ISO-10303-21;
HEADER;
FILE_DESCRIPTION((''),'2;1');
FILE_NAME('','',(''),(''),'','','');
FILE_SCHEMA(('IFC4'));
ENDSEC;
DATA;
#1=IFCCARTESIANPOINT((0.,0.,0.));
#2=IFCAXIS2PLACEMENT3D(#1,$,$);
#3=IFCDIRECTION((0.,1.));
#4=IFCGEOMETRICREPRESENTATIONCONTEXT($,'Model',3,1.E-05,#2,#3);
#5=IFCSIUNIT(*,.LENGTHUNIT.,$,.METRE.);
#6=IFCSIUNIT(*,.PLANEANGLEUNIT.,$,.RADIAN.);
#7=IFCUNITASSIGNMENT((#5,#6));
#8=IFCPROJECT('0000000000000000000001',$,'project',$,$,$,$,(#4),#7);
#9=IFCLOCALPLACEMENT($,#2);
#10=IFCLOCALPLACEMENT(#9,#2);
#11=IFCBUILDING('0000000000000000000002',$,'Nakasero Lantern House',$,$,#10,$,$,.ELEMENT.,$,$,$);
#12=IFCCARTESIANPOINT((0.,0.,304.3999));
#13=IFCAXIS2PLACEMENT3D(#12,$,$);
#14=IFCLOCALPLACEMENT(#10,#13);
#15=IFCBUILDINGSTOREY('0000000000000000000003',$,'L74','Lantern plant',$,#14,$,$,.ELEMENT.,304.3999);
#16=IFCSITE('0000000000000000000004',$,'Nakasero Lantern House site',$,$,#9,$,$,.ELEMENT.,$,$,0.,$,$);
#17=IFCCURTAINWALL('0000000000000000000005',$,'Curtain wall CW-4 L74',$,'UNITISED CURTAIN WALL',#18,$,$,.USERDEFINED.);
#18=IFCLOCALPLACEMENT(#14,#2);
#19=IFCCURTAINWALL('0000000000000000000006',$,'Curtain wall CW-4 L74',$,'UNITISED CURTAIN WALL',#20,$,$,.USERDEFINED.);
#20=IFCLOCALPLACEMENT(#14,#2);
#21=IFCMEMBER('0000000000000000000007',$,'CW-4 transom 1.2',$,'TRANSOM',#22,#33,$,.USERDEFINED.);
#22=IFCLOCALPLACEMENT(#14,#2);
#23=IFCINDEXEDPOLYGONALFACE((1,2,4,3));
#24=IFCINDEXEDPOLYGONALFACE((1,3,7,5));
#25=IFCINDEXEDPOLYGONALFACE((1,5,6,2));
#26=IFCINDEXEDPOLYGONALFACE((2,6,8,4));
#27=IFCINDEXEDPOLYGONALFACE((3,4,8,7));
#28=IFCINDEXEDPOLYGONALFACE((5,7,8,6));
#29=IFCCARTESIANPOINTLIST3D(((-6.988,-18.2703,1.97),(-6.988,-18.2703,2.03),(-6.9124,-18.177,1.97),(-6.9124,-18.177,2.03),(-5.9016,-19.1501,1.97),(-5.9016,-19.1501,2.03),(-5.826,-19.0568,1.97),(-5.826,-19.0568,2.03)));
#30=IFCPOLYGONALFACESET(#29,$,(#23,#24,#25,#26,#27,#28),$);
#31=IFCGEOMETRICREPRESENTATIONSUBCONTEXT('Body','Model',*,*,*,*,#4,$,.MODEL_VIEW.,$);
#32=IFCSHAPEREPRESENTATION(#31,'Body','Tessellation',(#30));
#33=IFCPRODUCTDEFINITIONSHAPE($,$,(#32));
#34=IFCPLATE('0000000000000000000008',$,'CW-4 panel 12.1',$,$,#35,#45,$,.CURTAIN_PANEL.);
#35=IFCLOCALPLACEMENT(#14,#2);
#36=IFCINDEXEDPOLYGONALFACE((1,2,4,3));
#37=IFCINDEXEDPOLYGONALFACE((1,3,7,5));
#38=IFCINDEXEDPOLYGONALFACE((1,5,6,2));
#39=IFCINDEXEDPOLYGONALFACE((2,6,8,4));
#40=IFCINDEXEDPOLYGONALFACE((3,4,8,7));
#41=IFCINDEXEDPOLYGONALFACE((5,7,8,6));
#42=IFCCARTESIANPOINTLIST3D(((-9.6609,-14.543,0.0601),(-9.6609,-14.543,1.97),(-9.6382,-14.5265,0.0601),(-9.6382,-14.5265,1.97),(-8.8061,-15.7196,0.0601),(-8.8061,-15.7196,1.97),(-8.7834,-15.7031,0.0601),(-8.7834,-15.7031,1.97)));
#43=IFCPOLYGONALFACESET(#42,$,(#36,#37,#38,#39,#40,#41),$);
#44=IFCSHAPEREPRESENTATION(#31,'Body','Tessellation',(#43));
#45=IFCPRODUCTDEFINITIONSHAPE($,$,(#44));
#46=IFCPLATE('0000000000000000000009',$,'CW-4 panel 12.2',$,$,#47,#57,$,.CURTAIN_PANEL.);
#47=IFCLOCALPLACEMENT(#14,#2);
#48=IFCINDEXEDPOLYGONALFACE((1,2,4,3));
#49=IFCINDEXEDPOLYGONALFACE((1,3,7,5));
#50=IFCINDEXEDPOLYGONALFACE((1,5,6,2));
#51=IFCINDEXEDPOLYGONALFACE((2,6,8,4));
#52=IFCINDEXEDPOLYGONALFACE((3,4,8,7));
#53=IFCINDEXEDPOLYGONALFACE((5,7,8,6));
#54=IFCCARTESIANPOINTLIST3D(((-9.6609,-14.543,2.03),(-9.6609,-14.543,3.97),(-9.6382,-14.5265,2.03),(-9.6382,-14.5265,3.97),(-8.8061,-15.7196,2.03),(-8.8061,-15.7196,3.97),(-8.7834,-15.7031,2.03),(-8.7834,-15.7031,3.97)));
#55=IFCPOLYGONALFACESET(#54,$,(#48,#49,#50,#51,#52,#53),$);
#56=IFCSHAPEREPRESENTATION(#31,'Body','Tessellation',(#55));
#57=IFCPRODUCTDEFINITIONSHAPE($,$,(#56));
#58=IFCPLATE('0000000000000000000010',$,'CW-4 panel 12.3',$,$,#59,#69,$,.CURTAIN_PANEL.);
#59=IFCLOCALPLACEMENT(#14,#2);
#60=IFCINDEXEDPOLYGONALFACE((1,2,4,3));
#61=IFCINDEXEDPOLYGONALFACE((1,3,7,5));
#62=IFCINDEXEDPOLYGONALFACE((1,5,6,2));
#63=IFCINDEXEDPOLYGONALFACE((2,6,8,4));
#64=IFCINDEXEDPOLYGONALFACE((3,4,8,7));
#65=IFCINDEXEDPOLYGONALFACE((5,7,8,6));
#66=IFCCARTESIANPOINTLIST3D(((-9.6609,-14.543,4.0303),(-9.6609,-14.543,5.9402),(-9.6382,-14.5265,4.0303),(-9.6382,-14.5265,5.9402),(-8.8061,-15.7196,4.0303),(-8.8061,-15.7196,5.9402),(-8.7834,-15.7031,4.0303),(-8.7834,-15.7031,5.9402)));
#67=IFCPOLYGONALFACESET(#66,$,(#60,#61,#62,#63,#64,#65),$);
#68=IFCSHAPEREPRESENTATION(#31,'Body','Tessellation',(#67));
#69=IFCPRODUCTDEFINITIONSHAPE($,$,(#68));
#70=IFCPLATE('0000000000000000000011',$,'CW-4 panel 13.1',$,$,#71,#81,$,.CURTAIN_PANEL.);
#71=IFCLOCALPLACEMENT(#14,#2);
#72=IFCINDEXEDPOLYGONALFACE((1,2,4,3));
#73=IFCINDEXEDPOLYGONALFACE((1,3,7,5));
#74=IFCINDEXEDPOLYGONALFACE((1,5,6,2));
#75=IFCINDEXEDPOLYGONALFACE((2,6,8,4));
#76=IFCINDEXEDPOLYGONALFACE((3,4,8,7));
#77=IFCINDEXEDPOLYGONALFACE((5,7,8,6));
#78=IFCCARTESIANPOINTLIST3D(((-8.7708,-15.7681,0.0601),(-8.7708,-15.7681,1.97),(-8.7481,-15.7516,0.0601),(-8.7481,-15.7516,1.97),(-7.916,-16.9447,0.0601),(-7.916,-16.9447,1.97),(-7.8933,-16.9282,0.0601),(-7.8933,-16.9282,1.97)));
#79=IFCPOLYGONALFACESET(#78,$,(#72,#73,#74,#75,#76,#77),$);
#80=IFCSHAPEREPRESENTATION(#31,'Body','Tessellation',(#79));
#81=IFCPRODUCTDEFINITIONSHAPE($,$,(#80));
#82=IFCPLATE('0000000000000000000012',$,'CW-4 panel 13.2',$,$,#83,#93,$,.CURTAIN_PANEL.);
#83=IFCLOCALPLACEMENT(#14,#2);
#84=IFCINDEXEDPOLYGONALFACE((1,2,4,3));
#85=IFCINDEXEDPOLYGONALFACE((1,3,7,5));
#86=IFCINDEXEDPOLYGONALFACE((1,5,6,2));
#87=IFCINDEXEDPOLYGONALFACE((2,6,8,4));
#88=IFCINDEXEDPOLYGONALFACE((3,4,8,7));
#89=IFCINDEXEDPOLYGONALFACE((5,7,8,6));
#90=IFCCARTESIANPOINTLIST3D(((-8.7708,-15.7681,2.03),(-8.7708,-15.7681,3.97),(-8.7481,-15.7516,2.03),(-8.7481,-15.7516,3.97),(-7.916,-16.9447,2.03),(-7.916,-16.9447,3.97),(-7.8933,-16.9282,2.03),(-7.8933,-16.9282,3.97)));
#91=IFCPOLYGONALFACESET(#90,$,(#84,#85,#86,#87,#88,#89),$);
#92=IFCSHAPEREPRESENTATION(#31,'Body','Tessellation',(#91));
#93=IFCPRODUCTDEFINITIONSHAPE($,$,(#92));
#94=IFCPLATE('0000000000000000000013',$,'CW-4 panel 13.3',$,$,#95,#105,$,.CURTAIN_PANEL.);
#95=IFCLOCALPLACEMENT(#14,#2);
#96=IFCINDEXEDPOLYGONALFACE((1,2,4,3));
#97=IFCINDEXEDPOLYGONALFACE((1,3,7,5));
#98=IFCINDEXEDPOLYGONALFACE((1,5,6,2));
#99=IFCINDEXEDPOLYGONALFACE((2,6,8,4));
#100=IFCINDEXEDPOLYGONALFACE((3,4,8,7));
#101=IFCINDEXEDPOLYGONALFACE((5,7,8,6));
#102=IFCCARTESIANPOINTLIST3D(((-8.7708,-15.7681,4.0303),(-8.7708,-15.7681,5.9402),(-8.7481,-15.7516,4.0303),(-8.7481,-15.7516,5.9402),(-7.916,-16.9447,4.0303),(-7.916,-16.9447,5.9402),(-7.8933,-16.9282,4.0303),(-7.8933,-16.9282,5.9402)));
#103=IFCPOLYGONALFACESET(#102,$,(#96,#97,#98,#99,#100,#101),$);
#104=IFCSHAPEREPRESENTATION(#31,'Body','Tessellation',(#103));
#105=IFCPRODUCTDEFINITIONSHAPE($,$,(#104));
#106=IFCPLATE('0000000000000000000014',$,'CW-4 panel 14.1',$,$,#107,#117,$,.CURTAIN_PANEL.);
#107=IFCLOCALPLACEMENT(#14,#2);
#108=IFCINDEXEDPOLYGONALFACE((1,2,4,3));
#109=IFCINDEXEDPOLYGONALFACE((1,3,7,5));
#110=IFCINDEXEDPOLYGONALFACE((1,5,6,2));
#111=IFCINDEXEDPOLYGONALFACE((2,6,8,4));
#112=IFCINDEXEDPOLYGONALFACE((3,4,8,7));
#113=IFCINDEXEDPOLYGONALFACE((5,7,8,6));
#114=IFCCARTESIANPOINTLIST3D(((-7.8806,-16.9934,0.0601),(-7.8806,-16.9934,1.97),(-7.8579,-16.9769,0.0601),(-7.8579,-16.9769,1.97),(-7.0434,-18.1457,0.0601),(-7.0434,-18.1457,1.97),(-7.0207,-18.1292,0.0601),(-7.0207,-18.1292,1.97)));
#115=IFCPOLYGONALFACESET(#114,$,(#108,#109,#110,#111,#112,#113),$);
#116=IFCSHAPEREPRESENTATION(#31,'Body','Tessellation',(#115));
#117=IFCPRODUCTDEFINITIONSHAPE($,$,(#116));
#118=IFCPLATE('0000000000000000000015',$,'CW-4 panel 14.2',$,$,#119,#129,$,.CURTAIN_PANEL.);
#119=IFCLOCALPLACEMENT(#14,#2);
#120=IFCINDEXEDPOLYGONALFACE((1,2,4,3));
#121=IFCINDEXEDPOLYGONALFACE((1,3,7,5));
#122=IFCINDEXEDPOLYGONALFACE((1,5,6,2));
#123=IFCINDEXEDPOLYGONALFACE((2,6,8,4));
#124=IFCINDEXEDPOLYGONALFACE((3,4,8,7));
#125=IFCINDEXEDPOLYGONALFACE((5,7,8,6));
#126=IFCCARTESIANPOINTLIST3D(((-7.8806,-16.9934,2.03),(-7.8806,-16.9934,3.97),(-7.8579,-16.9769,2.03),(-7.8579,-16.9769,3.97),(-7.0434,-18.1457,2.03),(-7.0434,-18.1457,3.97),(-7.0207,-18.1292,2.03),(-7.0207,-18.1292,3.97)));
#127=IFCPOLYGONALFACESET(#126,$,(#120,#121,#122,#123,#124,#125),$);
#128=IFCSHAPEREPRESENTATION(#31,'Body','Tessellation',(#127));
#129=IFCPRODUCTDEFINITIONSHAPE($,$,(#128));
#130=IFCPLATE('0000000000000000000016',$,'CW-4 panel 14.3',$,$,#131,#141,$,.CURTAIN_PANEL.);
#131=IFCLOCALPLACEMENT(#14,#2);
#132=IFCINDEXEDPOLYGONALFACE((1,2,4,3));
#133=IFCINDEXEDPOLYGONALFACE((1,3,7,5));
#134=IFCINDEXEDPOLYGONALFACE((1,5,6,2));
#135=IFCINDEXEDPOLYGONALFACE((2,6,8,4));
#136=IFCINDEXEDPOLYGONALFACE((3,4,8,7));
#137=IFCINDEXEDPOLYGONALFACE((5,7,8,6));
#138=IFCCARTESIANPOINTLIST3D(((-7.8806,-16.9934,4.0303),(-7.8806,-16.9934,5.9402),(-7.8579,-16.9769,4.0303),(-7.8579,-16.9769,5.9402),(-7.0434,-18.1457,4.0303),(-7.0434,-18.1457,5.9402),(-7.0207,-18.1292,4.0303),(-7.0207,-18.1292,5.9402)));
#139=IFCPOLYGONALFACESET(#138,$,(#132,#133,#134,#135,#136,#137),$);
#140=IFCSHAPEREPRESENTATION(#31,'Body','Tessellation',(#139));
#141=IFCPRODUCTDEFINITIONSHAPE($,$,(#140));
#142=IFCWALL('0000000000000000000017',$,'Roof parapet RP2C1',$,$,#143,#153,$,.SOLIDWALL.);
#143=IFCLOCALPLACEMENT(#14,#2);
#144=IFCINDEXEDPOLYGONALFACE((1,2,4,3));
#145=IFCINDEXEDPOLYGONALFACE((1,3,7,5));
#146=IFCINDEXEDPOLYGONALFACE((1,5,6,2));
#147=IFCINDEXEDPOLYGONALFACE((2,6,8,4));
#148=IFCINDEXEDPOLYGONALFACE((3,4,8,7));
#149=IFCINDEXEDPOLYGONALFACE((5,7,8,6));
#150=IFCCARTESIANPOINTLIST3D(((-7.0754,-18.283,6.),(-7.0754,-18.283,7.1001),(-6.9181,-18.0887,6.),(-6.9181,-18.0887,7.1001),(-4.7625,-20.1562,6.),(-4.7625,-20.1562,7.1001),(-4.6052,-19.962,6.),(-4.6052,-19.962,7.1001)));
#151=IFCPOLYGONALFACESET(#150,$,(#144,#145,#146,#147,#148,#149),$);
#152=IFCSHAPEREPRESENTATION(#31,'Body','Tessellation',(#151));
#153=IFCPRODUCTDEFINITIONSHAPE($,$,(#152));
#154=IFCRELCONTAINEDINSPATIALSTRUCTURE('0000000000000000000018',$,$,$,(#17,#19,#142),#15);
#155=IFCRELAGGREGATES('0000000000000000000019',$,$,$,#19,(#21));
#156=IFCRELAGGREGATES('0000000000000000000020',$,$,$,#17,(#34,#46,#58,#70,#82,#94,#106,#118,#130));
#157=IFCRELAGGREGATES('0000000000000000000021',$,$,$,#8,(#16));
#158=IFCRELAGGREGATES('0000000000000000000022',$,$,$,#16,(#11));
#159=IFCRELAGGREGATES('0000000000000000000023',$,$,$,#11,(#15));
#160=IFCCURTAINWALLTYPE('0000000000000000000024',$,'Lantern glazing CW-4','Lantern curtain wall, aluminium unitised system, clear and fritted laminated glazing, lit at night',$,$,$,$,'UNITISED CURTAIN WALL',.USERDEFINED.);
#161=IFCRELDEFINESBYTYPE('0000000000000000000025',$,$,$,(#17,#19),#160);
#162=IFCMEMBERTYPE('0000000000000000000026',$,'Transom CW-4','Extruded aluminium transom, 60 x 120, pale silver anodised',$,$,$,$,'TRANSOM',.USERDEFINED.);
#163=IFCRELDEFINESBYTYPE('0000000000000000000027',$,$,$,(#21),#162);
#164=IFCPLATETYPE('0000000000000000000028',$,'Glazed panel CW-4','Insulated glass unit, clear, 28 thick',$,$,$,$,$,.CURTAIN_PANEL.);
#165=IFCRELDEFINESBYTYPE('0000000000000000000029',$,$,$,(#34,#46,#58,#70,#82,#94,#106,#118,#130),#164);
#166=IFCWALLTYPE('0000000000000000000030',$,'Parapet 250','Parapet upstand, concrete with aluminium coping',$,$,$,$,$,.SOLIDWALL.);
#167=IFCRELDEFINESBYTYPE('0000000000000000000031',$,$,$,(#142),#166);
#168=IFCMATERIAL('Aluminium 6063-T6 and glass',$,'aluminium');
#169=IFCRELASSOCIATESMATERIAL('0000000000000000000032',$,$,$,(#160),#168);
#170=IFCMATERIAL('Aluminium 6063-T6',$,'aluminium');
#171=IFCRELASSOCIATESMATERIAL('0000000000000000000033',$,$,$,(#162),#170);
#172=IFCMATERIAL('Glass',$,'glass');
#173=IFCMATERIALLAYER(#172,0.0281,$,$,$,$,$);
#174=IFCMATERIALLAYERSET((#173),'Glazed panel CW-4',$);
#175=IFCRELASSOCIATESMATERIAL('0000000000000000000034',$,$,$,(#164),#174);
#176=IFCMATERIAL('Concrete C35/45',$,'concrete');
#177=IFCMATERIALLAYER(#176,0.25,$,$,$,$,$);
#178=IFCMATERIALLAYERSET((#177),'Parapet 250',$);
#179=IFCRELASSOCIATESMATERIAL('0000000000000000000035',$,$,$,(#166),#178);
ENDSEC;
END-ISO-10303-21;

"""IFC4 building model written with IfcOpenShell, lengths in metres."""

from ifc_helpers import new_model, si_unit, direction, frame, frame_2d, origin, origin_2d, place, context, subcontext, project, spatial, rectangle, extrude, material, layer, layer_set, material_profile, profile_set, type_object, element, aggregate, save


model = new_model("IFC4")

# Units and contexts
model_context = context("Model", 3, precision=1e-05, world=origin(), true_north=direction((0.0, 1.0)))
body_context = subcontext(model_context, "Body", "Model", "MODEL_VIEW")
ifc_project = project(units=[si_unit("LENGTHUNIT", "METRE"), si_unit("PLANEANGLEUNIT", "RADIAN")], contexts=[model_context])

# Site, building, storey
site_placement = place(None, origin())
site = spatial("IfcSite", under=ifc_project, at=site_placement, Name="Nakasero Lantern House site", CompositionType="ELEMENT", RefElevation=0.0)
building_placement = place(site_placement, origin())
building = spatial("IfcBuilding", under=site, at=building_placement, Name="Nakasero Lantern House", CompositionType="ELEMENT")
storey_placement = place(building_placement, frame((0.0, 0.0, 304.3999)))
storey = spatial("IfcBuildingStorey", under=building, at=storey_placement, Name="L74", Description="Lantern plant", CompositionType="ELEMENT", Elevation=304.3999)

# Curtain wall
ifc_material_1 = material(Name="Aluminium 6063-T6 and glass", Category="aluminium")
curtain_wall_type = type_object("IfcCurtainWallType", Name="Lantern glazing CW-4", Description="Lantern curtain wall, aluminium unitised system, clear and fritted laminated glazing, lit at night", ElementType="UNITISED CURTAIN WALL", PredefinedType="USERDEFINED", material=ifc_material_1)
curtain_wall_1_placement = place(storey_placement, origin())
curtain_wall_1 = element("IfcCurtainWall", 1, at=curtain_wall_1_placement, inside=storey, type_object=curtain_wall_type, Name="Curtain wall CW-4 L74", ObjectType="UNITISED CURTAIN WALL", PredefinedType="USERDEFINED")

# Curtain wall
curtain_wall_2_placement = place(storey_placement, origin())
curtain_wall_2 = element("IfcCurtainWall", 2, at=curtain_wall_2_placement, inside=storey, type_object=curtain_wall_type, Name="Curtain wall CW-4 L74", ObjectType="UNITISED CURTAIN WALL", PredefinedType="USERDEFINED")

# Member
ifc_material_2 = material(Name="Aluminium 6063-T6", Category="aluminium")
ifc_material_profile_1 = material_profile(ifc_material_2, rectangle(XDim=0.0601, YDim=0.1201, at=origin_2d()), Name="CW-4 transom 60x120")
ifc_profile_set_1 = profile_set([ifc_material_profile_1], Name="Aluminium 6063-T6")
member_type_1 = type_object("IfcMemberType", Name="Transom CW-4", Description="Extruded aluminium transom, 60 x 120, pale silver anodised", ElementType="TRANSOM", PredefinedType="USERDEFINED", material=ifc_profile_set_1)
member_1_placement = place(storey_placement, frame((-6.9502, -18.2236, 2.0), z_axis=(0.777107, -0.629369, 0.0), x_axis=(0.0, 0.0, 1.0)))
member_1 = element("IfcMember", 3, at=member_1_placement, type_object=member_type_1, Name="CW-4 transom 1.2", ObjectType="TRANSOM", PredefinedType="USERDEFINED", context=body_context, shape_type="SweptSolid", body=[
    extrude(rectangle(XDim=0.0601, YDim=0.1201, at=origin_2d()), origin(), (0.0, 0.0, 1.0), 1.3979),
])
aggregate(curtain_wall_2, [member_1])

# Plates
ifc_material_3 = material(Name="Glass", Category="glass")
ifc_layer_1 = layer(ifc_material_3, 0.0281)
ifc_layer_set_1 = layer_set([ifc_layer_1], Name="Glazed panel CW-4")
plate_type = type_object("IfcPlateType", Name="Glazed panel CW-4", Description="Insulated glass unit, clear, 28 thick", PredefinedType="CURTAIN_PANEL", material=ifc_layer_set_1)
plate_1_placement = place(storey_placement, frame((-9.2222, -15.123, 0.0601), z_axis=(0.0, 0.0, 1.0), x_axis=(0.587785, -0.809017, 0.0)))
plate_1 = element("IfcPlate", 4, at=plate_1_placement, type_object=plate_type, Name="CW-4 panel 12.1", PredefinedType="CURTAIN_PANEL", context=body_context, shape_type="SweptSolid", body=[
    extrude(rectangle(XDim=1.4543, YDim=0.0281, at=origin_2d()), origin(), (0.0, 0.0, 1.0), 1.9099),
])
plate_2_placement = place(storey_placement, frame((-9.2222, -15.123, 2.03), z_axis=(0.0, 0.0, 1.0), x_axis=(0.587785, -0.809017, 0.0)))
plate_2 = element("IfcPlate", 5, at=plate_2_placement, type_object=plate_type, Name="CW-4 panel 12.2", PredefinedType="CURTAIN_PANEL", context=body_context, shape_type="SweptSolid", body=[
    extrude(rectangle(XDim=1.4543, YDim=0.0281, at=origin_2d()), origin(), (0.0, 0.0, 1.0), 1.9399),
])
plate_3_placement = place(storey_placement, frame((-9.2222, -15.123, 4.0303), z_axis=(0.0, 0.0, 1.0), x_axis=(0.587785, -0.809017, 0.0)))
plate_3 = element("IfcPlate", 6, at=plate_3_placement, type_object=plate_type, Name="CW-4 panel 12.3", PredefinedType="CURTAIN_PANEL", context=body_context, shape_type="SweptSolid", body=[
    extrude(rectangle(XDim=1.4543, YDim=0.0281, at=origin_2d()), origin(), (0.0, 0.0, 1.0), 1.9099),
])
plate_4_placement = place(storey_placement, frame((-8.332, -16.3481, 0.0601), z_axis=(0.0, 0.0, 1.0), x_axis=(0.587785, -0.809017, 0.0)))
plate_4 = element("IfcPlate", 7, at=plate_4_placement, type_object=plate_type, Name="CW-4 panel 13.1", PredefinedType="CURTAIN_PANEL", context=body_context, shape_type="SweptSolid", body=[
    extrude(rectangle(XDim=1.4543, YDim=0.0281, at=origin_2d()), origin(), (0.0, 0.0, 1.0), 1.9099),
])
plate_5_placement = place(storey_placement, frame((-8.332, -16.3481, 2.03), z_axis=(0.0, 0.0, 1.0), x_axis=(0.587785, -0.809017, 0.0)))
plate_5 = element("IfcPlate", 8, at=plate_5_placement, type_object=plate_type, Name="CW-4 panel 13.2", PredefinedType="CURTAIN_PANEL", context=body_context, shape_type="SweptSolid", body=[
    extrude(rectangle(XDim=1.4543, YDim=0.0281, at=origin_2d()), origin(), (0.0, 0.0, 1.0), 1.9399),
])
plate_6_placement = place(storey_placement, frame((-8.332, -16.3481, 4.0303), z_axis=(0.0, 0.0, 1.0), x_axis=(0.587785, -0.809017, 0.0)))
plate_6 = element("IfcPlate", 9, at=plate_6_placement, type_object=plate_type, Name="CW-4 panel 13.3", PredefinedType="CURTAIN_PANEL", context=body_context, shape_type="SweptSolid", body=[
    extrude(rectangle(XDim=1.4543, YDim=0.0281, at=origin_2d()), origin(), (0.0, 0.0, 1.0), 1.9099),
])
plate_7_placement = place(storey_placement, frame((-7.4507, -17.5613, 0.0601), z_axis=(0.0, 0.0, 1.0), x_axis=(0.587785, -0.809017, 0.0)))
plate_7 = element("IfcPlate", 10, at=plate_7_placement, type_object=plate_type, Name="CW-4 panel 14.1", PredefinedType="CURTAIN_PANEL", context=body_context, shape_type="SweptSolid", body=[
    extrude(rectangle(XDim=1.4243, YDim=0.0281, at=origin_2d()), origin(), (0.0, 0.0, 1.0), 1.9099),
])
plate_8_placement = place(storey_placement, frame((-7.4507, -17.5613, 2.03), z_axis=(0.0, 0.0, 1.0), x_axis=(0.587785, -0.809017, 0.0)))
plate_8 = element("IfcPlate", 11, at=plate_8_placement, type_object=plate_type, Name="CW-4 panel 14.2", PredefinedType="CURTAIN_PANEL", context=body_context, shape_type="SweptSolid", body=[
    extrude(rectangle(XDim=1.4243, YDim=0.0281, at=origin_2d()), origin(), (0.0, 0.0, 1.0), 1.9399),
])
plate_9_placement = place(storey_placement, frame((-7.4507, -17.5613, 4.0303), z_axis=(0.0, 0.0, 1.0), x_axis=(0.587785, -0.809017, 0.0)))
plate_9 = element("IfcPlate", 12, at=plate_9_placement, type_object=plate_type, Name="CW-4 panel 14.3", PredefinedType="CURTAIN_PANEL", context=body_context, shape_type="SweptSolid", body=[
    extrude(rectangle(XDim=1.4243, YDim=0.0281, at=origin_2d()), origin(), (0.0, 0.0, 1.0), 1.9099),
])
aggregate(curtain_wall_1, [plate_1, plate_2, plate_3, plate_4, plate_5, plate_6, plate_7, plate_8, plate_9])

# Wall
ifc_material_4 = material(Name="Concrete C35/45", Category="concrete")
ifc_layer_2 = layer(ifc_material_4, 0.25)
ifc_layer_set_2 = layer_set([ifc_layer_2], Name="Parapet 250")
wall_type = type_object("IfcWallType", Name="Parapet 250", Description="Parapet upstand, concrete with aluminium coping", PredefinedType="SOLIDWALL", material=ifc_layer_set_2)
wall_placement = place(storey_placement, frame((-6.9968, -18.1858, 6.0), z_axis=(0.0, 0.0, 1.0), x_axis=(0.777102, -0.629375, 0.0)))
element("IfcWall", 13, at=wall_placement, inside=storey, type_object=wall_type, Name="Roof parapet RP2C1", PredefinedType="SOLIDWALL", context=body_context, shape_type="SweptSolid", body=[
    extrude(rectangle(XDim=2.9763, YDim=0.25, at=frame_2d((1.4883, 0.0))), origin(), (0.0, 0.0, 1.0), 1.1001),
])

save(model, "model.ifc")
